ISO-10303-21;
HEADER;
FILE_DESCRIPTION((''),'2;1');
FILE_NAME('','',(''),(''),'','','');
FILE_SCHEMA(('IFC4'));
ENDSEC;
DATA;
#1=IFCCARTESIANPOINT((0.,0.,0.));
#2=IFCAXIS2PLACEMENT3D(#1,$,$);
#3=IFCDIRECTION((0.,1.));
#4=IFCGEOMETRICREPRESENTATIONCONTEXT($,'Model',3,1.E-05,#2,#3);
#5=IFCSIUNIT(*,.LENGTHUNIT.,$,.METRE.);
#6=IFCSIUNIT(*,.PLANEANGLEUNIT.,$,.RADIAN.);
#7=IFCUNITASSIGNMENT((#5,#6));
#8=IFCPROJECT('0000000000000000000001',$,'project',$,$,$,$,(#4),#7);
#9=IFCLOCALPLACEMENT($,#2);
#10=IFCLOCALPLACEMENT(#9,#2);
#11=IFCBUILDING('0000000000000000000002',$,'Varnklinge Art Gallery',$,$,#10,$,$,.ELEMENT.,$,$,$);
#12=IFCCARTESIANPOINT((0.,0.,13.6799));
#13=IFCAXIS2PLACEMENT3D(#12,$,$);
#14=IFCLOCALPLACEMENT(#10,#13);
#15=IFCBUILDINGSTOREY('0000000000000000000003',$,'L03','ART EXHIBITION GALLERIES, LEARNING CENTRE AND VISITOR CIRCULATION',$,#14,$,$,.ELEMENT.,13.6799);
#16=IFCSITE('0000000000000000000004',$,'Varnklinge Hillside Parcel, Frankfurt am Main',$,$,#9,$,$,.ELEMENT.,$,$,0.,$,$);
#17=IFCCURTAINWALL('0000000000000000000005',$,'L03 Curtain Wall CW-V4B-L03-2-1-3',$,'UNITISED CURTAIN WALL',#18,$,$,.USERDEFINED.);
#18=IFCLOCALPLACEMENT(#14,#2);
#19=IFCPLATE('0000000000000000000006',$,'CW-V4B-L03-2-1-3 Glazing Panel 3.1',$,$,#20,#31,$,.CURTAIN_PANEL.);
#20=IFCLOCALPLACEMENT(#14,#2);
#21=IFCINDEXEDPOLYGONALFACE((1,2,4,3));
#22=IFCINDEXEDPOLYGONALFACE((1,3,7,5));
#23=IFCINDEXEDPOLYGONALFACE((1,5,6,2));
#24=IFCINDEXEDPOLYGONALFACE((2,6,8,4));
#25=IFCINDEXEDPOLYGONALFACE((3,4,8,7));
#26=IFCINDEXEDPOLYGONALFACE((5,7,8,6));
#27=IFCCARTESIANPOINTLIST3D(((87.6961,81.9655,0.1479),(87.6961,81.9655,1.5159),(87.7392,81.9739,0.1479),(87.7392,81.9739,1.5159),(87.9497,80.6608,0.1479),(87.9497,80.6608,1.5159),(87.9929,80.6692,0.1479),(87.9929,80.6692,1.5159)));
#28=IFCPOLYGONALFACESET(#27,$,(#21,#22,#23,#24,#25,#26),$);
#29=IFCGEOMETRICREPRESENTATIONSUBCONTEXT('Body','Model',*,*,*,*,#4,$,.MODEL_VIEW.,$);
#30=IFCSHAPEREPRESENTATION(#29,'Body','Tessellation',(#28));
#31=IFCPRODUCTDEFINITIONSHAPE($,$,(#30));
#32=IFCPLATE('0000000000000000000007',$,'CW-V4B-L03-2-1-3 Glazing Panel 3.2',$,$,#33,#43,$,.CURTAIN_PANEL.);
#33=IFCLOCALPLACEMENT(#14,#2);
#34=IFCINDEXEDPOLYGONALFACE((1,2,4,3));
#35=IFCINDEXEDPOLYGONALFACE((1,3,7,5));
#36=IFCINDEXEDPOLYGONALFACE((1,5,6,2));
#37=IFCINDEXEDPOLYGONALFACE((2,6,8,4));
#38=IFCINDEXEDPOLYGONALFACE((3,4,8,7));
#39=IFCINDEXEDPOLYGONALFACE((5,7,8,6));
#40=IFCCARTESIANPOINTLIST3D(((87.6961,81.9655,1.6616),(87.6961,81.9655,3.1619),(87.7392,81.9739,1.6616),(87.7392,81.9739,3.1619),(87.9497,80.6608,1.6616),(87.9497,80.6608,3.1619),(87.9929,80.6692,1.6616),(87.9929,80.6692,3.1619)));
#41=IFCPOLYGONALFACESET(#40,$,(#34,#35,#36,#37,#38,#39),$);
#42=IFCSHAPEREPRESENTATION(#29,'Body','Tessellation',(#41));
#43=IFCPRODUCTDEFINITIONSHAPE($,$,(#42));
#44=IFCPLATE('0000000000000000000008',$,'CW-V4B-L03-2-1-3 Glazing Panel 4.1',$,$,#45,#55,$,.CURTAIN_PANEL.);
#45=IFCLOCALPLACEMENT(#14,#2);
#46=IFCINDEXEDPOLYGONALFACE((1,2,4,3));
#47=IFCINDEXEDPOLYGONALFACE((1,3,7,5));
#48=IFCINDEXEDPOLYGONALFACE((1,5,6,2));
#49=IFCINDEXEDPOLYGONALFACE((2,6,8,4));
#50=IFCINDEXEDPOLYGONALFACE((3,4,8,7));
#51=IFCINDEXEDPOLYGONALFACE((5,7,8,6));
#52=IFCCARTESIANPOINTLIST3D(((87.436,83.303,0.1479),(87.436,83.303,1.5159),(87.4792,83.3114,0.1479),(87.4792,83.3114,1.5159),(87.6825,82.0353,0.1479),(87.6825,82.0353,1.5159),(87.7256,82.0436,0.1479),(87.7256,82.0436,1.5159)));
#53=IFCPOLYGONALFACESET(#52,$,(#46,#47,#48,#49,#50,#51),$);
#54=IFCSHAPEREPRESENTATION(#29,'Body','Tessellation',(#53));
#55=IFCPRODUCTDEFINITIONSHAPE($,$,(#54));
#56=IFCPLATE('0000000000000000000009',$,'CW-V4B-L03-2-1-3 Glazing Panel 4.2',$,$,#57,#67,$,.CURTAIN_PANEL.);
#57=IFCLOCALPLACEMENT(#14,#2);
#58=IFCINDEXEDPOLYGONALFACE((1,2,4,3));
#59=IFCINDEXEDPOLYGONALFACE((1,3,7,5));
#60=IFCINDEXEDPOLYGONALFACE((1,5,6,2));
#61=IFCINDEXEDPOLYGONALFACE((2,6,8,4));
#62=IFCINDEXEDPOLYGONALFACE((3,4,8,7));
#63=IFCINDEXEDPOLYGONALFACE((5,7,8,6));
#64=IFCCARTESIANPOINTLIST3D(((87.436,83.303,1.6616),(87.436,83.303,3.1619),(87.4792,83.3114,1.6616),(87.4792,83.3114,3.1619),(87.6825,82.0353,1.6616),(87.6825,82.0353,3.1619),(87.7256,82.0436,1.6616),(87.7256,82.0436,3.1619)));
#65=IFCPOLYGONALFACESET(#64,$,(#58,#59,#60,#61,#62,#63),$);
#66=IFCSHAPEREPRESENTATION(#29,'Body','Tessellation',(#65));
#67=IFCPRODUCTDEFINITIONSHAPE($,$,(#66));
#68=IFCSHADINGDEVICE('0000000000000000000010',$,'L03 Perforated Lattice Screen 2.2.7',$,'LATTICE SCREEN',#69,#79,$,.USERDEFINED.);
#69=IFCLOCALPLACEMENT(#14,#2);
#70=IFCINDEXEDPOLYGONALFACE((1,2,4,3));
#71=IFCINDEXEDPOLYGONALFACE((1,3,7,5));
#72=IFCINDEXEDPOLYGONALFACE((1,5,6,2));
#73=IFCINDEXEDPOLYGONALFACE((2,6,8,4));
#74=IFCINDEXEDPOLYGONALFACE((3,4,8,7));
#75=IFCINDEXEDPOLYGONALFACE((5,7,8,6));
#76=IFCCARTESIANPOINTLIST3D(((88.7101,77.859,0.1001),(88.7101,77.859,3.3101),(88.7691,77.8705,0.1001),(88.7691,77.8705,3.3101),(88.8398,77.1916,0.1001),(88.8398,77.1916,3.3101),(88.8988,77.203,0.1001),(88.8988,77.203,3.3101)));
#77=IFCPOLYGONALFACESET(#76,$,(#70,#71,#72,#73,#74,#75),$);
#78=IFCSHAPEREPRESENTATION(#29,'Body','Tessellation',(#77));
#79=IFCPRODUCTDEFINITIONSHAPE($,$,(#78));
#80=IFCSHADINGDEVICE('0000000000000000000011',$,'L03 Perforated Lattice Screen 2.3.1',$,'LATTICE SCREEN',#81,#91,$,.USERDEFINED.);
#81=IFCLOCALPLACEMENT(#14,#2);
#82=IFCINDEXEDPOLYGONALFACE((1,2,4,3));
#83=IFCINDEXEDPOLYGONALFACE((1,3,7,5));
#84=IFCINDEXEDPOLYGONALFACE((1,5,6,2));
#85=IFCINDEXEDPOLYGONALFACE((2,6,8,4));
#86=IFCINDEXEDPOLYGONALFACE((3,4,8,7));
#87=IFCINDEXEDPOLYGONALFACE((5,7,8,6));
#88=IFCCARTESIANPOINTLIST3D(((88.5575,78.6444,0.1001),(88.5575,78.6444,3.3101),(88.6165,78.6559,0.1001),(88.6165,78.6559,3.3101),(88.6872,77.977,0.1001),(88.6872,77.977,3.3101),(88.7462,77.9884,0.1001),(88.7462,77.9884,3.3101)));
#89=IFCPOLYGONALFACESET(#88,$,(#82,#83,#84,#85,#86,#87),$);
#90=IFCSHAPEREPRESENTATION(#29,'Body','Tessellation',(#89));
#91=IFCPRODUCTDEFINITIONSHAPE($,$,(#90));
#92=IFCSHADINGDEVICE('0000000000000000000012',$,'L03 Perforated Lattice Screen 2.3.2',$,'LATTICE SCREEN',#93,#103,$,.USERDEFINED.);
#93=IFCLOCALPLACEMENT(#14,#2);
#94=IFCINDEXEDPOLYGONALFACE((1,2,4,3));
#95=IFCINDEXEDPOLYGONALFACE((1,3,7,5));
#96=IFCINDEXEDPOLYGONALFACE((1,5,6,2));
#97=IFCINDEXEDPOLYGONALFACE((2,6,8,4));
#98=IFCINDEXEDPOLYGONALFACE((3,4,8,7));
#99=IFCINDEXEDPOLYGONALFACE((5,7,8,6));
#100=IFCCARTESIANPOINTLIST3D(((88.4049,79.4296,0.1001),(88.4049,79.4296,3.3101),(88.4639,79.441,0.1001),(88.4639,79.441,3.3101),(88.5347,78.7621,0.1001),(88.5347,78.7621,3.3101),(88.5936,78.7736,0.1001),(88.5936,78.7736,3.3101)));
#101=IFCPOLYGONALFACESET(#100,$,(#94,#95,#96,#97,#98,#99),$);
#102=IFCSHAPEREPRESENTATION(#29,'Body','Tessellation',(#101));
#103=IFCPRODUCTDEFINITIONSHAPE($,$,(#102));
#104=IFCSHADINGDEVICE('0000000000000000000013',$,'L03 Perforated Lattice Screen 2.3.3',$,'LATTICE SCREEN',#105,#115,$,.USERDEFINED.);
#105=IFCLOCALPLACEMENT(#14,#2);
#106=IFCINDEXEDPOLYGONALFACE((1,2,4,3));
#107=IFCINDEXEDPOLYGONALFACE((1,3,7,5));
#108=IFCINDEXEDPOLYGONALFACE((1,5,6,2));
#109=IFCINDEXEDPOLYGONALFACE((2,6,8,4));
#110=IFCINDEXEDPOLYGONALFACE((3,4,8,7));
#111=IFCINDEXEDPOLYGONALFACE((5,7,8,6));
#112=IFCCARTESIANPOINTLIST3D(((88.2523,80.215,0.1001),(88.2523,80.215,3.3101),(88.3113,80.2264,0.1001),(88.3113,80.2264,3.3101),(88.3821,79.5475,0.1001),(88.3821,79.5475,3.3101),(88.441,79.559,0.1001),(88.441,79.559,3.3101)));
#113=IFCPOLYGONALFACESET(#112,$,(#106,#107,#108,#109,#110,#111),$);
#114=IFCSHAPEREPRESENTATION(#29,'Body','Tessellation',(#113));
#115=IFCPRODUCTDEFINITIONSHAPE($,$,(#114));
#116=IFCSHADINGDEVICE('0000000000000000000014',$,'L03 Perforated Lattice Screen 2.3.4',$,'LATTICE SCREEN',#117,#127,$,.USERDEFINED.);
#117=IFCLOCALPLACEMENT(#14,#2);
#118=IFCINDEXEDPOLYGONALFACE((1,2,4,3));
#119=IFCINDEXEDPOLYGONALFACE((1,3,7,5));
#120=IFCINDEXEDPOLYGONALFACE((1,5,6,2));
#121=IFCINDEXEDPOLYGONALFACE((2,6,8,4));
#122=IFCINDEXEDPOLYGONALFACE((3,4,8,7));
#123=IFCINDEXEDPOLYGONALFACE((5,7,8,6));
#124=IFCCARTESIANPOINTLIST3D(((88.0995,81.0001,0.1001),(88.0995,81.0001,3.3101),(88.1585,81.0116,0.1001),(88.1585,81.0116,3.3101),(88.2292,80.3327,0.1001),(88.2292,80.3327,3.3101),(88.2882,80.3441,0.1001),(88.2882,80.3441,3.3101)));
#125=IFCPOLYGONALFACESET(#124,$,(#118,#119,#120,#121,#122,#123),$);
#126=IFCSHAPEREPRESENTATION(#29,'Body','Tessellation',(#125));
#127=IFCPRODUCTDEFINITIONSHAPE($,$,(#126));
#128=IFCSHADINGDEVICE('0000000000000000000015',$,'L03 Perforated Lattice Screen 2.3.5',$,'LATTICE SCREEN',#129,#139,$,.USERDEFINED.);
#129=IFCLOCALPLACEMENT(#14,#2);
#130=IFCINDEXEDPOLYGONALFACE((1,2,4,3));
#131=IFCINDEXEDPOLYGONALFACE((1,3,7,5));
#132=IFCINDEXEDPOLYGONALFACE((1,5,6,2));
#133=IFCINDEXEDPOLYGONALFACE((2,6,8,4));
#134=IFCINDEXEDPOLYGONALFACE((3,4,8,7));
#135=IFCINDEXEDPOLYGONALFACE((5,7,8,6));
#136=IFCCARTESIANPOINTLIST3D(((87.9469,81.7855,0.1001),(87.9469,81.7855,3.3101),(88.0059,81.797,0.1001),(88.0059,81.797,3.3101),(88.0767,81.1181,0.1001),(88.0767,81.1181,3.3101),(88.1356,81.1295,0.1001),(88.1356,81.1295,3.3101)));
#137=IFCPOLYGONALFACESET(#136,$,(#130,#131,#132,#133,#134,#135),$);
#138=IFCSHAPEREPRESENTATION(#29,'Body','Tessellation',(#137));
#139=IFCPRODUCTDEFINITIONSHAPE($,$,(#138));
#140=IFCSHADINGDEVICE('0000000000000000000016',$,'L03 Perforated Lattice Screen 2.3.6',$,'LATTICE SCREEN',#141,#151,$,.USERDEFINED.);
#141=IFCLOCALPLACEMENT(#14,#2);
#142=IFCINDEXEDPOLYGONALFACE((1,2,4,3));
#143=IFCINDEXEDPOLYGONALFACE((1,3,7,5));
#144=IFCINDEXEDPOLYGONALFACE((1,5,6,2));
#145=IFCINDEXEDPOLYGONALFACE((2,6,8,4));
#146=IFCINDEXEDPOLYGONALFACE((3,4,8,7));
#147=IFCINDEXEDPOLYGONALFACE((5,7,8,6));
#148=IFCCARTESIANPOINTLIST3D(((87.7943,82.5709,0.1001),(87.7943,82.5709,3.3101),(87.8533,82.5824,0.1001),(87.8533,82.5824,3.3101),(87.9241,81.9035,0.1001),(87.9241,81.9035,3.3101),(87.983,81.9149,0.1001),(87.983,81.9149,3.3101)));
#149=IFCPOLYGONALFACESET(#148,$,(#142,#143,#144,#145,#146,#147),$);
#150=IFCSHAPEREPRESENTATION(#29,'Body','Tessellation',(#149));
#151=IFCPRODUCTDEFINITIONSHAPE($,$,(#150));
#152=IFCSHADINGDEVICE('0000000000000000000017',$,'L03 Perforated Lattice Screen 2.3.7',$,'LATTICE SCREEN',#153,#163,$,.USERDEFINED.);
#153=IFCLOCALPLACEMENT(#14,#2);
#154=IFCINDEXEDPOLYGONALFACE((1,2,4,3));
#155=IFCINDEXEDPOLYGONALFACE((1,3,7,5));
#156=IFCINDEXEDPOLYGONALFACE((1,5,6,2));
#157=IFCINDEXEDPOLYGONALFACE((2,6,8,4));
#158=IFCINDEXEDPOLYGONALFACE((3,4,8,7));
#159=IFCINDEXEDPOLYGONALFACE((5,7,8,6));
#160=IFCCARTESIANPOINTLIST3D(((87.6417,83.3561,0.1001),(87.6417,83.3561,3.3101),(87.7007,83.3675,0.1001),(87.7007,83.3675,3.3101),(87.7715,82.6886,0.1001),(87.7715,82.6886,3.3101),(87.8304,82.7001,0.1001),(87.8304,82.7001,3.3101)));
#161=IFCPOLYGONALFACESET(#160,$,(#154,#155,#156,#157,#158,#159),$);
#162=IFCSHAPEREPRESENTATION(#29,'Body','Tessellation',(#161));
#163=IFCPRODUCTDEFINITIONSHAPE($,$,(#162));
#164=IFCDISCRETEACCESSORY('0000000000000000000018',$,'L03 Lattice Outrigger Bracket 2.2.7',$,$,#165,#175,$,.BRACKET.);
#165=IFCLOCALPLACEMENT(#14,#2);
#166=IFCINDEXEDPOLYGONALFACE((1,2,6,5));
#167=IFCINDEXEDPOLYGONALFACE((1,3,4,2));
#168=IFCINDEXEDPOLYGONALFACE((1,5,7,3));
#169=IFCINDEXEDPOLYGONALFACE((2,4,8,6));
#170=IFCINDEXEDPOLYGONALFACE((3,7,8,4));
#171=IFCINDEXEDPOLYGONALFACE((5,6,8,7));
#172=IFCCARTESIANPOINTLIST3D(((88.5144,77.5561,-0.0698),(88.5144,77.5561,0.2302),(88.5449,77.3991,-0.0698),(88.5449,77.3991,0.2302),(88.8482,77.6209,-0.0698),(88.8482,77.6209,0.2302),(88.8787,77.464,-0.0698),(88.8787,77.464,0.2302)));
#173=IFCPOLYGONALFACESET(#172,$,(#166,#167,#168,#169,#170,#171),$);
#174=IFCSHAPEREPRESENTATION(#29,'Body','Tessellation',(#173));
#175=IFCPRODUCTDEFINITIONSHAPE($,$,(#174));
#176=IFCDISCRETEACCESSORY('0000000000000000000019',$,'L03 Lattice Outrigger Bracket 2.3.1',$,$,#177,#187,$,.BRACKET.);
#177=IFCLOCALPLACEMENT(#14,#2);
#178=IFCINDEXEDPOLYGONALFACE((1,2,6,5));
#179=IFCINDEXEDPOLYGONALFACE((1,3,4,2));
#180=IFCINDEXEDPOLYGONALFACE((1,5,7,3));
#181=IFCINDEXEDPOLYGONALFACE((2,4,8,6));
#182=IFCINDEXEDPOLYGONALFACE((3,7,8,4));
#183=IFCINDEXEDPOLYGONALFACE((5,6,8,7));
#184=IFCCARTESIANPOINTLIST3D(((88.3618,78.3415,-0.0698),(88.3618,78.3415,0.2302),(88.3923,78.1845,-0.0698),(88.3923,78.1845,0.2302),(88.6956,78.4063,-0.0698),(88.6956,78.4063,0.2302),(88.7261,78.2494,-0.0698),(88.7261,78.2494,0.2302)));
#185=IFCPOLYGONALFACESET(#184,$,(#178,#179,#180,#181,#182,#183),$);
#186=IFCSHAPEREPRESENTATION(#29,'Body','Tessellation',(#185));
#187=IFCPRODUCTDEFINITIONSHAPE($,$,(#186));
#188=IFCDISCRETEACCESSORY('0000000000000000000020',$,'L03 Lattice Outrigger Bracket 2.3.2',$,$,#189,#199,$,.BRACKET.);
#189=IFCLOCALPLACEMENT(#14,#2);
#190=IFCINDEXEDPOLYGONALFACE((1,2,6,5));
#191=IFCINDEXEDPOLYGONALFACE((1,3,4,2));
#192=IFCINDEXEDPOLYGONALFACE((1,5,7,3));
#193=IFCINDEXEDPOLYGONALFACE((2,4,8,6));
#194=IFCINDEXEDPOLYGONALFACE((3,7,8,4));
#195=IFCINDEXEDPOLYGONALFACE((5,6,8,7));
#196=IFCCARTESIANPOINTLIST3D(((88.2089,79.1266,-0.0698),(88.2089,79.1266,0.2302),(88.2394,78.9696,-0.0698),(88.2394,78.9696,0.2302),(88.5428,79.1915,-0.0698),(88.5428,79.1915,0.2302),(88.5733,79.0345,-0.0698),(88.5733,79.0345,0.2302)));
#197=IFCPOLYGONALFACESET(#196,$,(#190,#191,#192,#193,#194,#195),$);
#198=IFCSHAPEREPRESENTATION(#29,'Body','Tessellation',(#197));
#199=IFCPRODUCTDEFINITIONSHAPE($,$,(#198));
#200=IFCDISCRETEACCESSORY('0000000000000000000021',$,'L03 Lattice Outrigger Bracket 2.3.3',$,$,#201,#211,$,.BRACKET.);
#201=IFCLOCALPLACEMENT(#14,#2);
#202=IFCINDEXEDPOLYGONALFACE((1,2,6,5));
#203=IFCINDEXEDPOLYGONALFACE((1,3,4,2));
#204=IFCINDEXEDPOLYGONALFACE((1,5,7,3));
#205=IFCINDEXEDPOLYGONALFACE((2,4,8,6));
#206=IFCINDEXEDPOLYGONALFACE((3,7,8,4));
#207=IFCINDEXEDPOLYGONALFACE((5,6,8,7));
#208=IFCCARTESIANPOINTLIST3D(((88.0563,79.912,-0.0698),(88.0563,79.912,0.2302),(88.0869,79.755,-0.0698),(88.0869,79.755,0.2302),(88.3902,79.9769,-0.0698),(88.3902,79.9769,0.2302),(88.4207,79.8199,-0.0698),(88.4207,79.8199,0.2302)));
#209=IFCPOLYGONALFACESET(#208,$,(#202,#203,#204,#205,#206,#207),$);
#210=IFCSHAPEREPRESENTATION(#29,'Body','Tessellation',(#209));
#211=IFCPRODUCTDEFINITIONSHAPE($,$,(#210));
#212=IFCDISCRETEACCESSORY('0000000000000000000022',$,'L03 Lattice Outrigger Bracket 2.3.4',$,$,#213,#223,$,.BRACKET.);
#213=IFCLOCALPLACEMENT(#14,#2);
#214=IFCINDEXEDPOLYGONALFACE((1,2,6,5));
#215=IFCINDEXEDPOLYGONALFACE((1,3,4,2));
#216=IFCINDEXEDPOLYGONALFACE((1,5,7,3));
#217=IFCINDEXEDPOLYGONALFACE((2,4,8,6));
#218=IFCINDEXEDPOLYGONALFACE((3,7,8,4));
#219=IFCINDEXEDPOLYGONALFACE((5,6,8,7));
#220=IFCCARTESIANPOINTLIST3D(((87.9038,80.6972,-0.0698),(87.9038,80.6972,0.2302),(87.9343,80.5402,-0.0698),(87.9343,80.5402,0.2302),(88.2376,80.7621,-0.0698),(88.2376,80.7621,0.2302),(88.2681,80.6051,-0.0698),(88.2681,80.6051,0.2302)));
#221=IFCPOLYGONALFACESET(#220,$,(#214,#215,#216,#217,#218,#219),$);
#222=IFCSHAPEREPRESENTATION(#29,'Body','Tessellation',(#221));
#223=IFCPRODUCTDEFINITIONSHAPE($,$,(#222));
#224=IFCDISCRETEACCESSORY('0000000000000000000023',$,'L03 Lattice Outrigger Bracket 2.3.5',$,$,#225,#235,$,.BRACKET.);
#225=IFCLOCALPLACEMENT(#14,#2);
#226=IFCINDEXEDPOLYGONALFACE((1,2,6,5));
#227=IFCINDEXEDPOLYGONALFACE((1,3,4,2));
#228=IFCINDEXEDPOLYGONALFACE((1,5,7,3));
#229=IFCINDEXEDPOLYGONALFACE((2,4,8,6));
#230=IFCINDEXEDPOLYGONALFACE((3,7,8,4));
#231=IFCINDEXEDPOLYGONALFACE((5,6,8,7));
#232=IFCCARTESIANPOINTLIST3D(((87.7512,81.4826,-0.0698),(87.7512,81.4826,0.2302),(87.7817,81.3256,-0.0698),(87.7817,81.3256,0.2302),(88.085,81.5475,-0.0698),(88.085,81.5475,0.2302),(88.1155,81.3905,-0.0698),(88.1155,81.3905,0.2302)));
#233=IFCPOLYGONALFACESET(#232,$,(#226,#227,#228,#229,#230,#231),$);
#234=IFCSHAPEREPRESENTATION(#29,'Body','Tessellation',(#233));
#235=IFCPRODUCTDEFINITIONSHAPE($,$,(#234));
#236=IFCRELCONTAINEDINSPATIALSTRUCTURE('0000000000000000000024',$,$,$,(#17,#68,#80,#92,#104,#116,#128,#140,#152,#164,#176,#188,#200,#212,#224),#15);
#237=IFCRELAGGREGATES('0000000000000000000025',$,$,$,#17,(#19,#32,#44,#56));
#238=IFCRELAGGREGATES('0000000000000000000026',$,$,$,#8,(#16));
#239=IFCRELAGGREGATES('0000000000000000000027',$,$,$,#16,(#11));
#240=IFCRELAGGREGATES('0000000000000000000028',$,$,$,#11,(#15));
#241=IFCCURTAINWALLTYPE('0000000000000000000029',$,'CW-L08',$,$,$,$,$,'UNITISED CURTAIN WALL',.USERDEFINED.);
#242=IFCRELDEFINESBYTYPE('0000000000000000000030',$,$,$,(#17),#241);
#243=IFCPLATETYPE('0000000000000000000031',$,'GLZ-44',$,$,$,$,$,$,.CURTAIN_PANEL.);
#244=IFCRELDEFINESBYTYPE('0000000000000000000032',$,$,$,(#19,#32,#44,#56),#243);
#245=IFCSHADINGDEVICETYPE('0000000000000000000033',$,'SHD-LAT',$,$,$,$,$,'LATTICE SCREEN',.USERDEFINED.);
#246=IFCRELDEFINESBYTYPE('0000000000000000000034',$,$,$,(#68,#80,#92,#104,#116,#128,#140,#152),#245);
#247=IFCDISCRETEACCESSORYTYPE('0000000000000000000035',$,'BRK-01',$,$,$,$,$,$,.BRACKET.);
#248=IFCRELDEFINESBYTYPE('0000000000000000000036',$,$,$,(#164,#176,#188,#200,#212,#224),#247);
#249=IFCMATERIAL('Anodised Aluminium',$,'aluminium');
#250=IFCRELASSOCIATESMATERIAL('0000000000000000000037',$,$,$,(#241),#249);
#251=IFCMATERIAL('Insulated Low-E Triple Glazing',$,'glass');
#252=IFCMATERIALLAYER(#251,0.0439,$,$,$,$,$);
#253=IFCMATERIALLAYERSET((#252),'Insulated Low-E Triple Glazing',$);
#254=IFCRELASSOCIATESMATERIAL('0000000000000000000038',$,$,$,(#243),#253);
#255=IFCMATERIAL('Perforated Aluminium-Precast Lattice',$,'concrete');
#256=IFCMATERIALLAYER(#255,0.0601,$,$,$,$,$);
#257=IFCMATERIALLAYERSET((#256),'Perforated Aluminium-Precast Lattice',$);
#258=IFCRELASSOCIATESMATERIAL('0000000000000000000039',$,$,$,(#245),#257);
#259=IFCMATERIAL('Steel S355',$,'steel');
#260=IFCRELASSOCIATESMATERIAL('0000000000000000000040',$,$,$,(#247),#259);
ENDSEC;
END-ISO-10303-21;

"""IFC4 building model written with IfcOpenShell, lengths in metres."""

from ifc_helpers import new_model, si_unit, direction, frame, origin, origin_2d, place, context, subcontext, project, spatial, rectangle, extrude, material, layer, layer_set, type_object, element, aggregate, save


model = new_model("IFC4")

# Units and contexts
model_context = context("Model", 3, precision=1e-05, world=origin(), true_north=direction((0.0, 1.0)))
body_context = subcontext(model_context, "Body", "Model", "MODEL_VIEW")
ifc_project = project(units=[si_unit("LENGTHUNIT", "METRE"), si_unit("PLANEANGLEUNIT", "RADIAN")], contexts=[model_context])

# Site, building, storey
site_placement = place(None, origin())
site = spatial("IfcSite", under=ifc_project, at=site_placement, Name="Varnklinge Hillside Parcel, Frankfurt am Main", CompositionType="ELEMENT", RefElevation=0.0)
building_placement = place(site_placement, origin())
building = spatial("IfcBuilding", under=site, at=building_placement, Name="Varnklinge Art Gallery", CompositionType="ELEMENT")
storey_placement = place(building_placement, frame((0.0, 0.0, 13.6799)))
storey = spatial("IfcBuildingStorey", under=building, at=storey_placement, Name="L03", Description="ART EXHIBITION GALLERIES, LEARNING CENTRE AND VISITOR CIRCULATION", CompositionType="ELEMENT", Elevation=13.6799)

# Shared definitions
ifc_material_1 = material(Name="Anodised Aluminium", Category="aluminium")
curtain_wall_type_1 = type_object("IfcCurtainWallType", Name="CW-L08", ElementType="UNITISED CURTAIN WALL", PredefinedType="USERDEFINED", material=ifc_material_1)

# Curtain wall
curtain_wall_1_placement = place(storey_placement, origin())
curtain_wall_1 = element("IfcCurtainWall", 1, at=curtain_wall_1_placement, inside=storey, type_object=curtain_wall_type_1, Name="L03 Curtain Wall CW-V4B-L03-2-1-3", ObjectType="UNITISED CURTAIN WALL", PredefinedType="USERDEFINED")

# Plates
ifc_material_2 = material(Name="Insulated Low-E Triple Glazing", Category="glass")
ifc_layer_1 = layer(ifc_material_2, 0.0439)
ifc_layer_set_1 = layer_set([ifc_layer_1], Name="Insulated Low-E Triple Glazing")
plate_type = type_object("IfcPlateType", Name="GLZ-44", PredefinedType="CURTAIN_PANEL", material=ifc_layer_set_1)
plate_1_placement = place(storey_placement, frame((87.8445, 81.3174, 0.1479), z_axis=(0.0, 0.0, 1.0), x_axis=(-0.190809, 0.981627, 0.0)))
plate_1 = element("IfcPlate", 2, at=plate_1_placement, type_object=plate_type, Name="CW-V4B-L03-2-1-3 Glazing Panel 3.1", PredefinedType="CURTAIN_PANEL", context=body_context, shape_type="SweptSolid", body=[
    extrude(rectangle(XDim=1.3291, YDim=0.0439, at=origin_2d()), origin(), (0.0, 0.0, 1.0), 1.3679),
])
plate_2_placement = place(storey_placement, frame((87.8445, 81.3174, 1.6616), z_axis=(0.0, 0.0, 1.0), x_axis=(-0.190809, 0.981627, 0.0)))
plate_2 = element("IfcPlate", 3, at=plate_2_placement, type_object=plate_type, Name="CW-V4B-L03-2-1-3 Glazing Panel 3.2", PredefinedType="CURTAIN_PANEL", context=body_context, shape_type="SweptSolid", body=[
    extrude(rectangle(XDim=1.3291, YDim=0.0439, at=origin_2d()), origin(), (0.0, 0.0, 1.0), 1.5002),
])
plate_3_placement = place(storey_placement, frame((87.5808, 82.6733, 0.1479), z_axis=(0.0, 0.0, 1.0), x_axis=(-0.190809, 0.981627, 0.0)))
plate_3 = element("IfcPlate", 4, at=plate_3_placement, type_object=plate_type, Name="CW-V4B-L03-2-1-3 Glazing Panel 4.1", PredefinedType="CURTAIN_PANEL", context=body_context, shape_type="SweptSolid", body=[
    extrude(rectangle(XDim=1.2915, YDim=0.0439, at=origin_2d()), origin(), (0.0, 0.0, 1.0), 1.3679),
])
plate_4_placement = place(storey_placement, frame((87.5808, 82.6733, 1.6616), z_axis=(0.0, 0.0, 1.0), x_axis=(-0.190809, 0.981627, 0.0)))
plate_4 = element("IfcPlate", 5, at=plate_4_placement, type_object=plate_type, Name="CW-V4B-L03-2-1-3 Glazing Panel 4.2", PredefinedType="CURTAIN_PANEL", context=body_context, shape_type="SweptSolid", body=[
    extrude(rectangle(XDim=1.2915, YDim=0.0439, at=origin_2d()), origin(), (0.0, 0.0, 1.0), 1.5002),
])
aggregate(curtain_wall_1, [plate_1, plate_2, plate_3, plate_4])

# Shading devices
ifc_material_3 = material(Name="Perforated Aluminium-Precast Lattice", Category="concrete")
ifc_layer_2 = layer(ifc_material_3, 0.0601)
ifc_layer_set_2 = layer_set([ifc_layer_2], Name="Perforated Aluminium-Precast Lattice")
shading_device_type = type_object("IfcShadingDeviceType", Name="SHD-LAT", ElementType="LATTICE SCREEN", PredefinedType="USERDEFINED", material=ifc_layer_set_2)
for number, where, z_axis, x_axis, name in (
    (6, (88.8044, 77.531, 0.1001), (0.0, 0.0, 1.0), (-0.190809, 0.981627, 0.0), "L03 Perforated Lattice Screen 2.2.7"),
    (7, (88.6519, 78.3164, 0.1001), (0.0, 0.0, 1.0), (-0.190809, 0.981627, 0.0), "L03 Perforated Lattice Screen 2.3.1"),
    (8, (88.4993, 79.1016, 0.1001), (0.0, 0.0, 1.0), (-0.190809, 0.981627, 0.0), "L03 Perforated Lattice Screen 2.3.2"),
    (9, (88.3467, 79.887, 0.1001), (0.0, 0.0, 1.0), (-0.190809, 0.981627, 0.0), "L03 Perforated Lattice Screen 2.3.3"),
    (10, (88.1938, 80.6721, 0.1001), (0.0, 0.0, 1.0), (-0.190809, 0.981627, 0.0), "L03 Perforated Lattice Screen 2.3.4"),
    (11, (88.0413, 81.4575, 0.1001), (0.0, 0.0, 1.0), (-0.190809, 0.981627, 0.0), "L03 Perforated Lattice Screen 2.3.5"),
    (12, (87.8887, 82.2429, 0.1001), (0.0, 0.0, 1.0), (-0.190809, 0.981627, 0.0), "L03 Perforated Lattice Screen 2.3.6"),
    (13, (87.7361, 83.0281, 0.1001), (0.0, 0.0, 1.0), (-0.190809, 0.981627, 0.0), "L03 Perforated Lattice Screen 2.3.7"),
):
    element("IfcShadingDevice", number, at=place(storey_placement, frame(where, z_axis=z_axis, x_axis=x_axis)), inside=storey, type_object=shading_device_type, Name=name, ObjectType="LATTICE SCREEN", PredefinedType="USERDEFINED", context=body_context, shape_type="SweptSolid", body=[
        extrude(rectangle(XDim=0.6799, YDim=0.0601, at=origin_2d()), origin(), (0.0, 0.0, 1.0), 3.21),
    ])

# Discrete accessories
ifc_material_4 = material(Name="Steel S355", Category="steel")
discrete_accessory_type = type_object("IfcDiscreteAccessoryType", Name="BRK-01", PredefinedType="BRACKET", material=ifc_material_4)
for number, where, z_axis, x_axis, name in (
    (14, (88.6965, 77.51, -0.0698), (0.0, 0.0, 1.0), (-0.190809, 0.981627, 0.0), "L03 Lattice Outrigger Bracket 2.2.7"),
    (15, (88.5439, 78.2954, -0.0698), (0.0, 0.0, 1.0), (-0.190809, 0.981627, 0.0), "L03 Lattice Outrigger Bracket 2.3.1"),
    (16, (88.3911, 79.0806, -0.0698), (0.0, 0.0, 1.0), (-0.190809, 0.981627, 0.0), "L03 Lattice Outrigger Bracket 2.3.2"),
    (17, (88.2385, 79.866, -0.0698), (0.0, 0.0, 1.0), (-0.190809, 0.981627, 0.0), "L03 Lattice Outrigger Bracket 2.3.3"),
    (18, (88.0859, 80.6511, -0.0698), (0.0, 0.0, 1.0), (-0.190809, 0.981627, 0.0), "L03 Lattice Outrigger Bracket 2.3.4"),
    (19, (87.9333, 81.4365, -0.0698), (0.0, 0.0, 1.0), (-0.190809, 0.981627, 0.0), "L03 Lattice Outrigger Bracket 2.3.5"),
):
    element("IfcDiscreteAccessory", number, at=place(storey_placement, frame(where, z_axis=z_axis, x_axis=x_axis)), inside=storey, type_object=discrete_accessory_type, Name=name, PredefinedType="BRACKET", context=body_context, shape_type="SweptSolid", body=[
        extrude(rectangle(XDim=0.1599, YDim=0.3401, at=origin_2d()), origin(), (0.0, 0.0, 1.0), 0.3),
    ])

save(model, "model.ifc")
